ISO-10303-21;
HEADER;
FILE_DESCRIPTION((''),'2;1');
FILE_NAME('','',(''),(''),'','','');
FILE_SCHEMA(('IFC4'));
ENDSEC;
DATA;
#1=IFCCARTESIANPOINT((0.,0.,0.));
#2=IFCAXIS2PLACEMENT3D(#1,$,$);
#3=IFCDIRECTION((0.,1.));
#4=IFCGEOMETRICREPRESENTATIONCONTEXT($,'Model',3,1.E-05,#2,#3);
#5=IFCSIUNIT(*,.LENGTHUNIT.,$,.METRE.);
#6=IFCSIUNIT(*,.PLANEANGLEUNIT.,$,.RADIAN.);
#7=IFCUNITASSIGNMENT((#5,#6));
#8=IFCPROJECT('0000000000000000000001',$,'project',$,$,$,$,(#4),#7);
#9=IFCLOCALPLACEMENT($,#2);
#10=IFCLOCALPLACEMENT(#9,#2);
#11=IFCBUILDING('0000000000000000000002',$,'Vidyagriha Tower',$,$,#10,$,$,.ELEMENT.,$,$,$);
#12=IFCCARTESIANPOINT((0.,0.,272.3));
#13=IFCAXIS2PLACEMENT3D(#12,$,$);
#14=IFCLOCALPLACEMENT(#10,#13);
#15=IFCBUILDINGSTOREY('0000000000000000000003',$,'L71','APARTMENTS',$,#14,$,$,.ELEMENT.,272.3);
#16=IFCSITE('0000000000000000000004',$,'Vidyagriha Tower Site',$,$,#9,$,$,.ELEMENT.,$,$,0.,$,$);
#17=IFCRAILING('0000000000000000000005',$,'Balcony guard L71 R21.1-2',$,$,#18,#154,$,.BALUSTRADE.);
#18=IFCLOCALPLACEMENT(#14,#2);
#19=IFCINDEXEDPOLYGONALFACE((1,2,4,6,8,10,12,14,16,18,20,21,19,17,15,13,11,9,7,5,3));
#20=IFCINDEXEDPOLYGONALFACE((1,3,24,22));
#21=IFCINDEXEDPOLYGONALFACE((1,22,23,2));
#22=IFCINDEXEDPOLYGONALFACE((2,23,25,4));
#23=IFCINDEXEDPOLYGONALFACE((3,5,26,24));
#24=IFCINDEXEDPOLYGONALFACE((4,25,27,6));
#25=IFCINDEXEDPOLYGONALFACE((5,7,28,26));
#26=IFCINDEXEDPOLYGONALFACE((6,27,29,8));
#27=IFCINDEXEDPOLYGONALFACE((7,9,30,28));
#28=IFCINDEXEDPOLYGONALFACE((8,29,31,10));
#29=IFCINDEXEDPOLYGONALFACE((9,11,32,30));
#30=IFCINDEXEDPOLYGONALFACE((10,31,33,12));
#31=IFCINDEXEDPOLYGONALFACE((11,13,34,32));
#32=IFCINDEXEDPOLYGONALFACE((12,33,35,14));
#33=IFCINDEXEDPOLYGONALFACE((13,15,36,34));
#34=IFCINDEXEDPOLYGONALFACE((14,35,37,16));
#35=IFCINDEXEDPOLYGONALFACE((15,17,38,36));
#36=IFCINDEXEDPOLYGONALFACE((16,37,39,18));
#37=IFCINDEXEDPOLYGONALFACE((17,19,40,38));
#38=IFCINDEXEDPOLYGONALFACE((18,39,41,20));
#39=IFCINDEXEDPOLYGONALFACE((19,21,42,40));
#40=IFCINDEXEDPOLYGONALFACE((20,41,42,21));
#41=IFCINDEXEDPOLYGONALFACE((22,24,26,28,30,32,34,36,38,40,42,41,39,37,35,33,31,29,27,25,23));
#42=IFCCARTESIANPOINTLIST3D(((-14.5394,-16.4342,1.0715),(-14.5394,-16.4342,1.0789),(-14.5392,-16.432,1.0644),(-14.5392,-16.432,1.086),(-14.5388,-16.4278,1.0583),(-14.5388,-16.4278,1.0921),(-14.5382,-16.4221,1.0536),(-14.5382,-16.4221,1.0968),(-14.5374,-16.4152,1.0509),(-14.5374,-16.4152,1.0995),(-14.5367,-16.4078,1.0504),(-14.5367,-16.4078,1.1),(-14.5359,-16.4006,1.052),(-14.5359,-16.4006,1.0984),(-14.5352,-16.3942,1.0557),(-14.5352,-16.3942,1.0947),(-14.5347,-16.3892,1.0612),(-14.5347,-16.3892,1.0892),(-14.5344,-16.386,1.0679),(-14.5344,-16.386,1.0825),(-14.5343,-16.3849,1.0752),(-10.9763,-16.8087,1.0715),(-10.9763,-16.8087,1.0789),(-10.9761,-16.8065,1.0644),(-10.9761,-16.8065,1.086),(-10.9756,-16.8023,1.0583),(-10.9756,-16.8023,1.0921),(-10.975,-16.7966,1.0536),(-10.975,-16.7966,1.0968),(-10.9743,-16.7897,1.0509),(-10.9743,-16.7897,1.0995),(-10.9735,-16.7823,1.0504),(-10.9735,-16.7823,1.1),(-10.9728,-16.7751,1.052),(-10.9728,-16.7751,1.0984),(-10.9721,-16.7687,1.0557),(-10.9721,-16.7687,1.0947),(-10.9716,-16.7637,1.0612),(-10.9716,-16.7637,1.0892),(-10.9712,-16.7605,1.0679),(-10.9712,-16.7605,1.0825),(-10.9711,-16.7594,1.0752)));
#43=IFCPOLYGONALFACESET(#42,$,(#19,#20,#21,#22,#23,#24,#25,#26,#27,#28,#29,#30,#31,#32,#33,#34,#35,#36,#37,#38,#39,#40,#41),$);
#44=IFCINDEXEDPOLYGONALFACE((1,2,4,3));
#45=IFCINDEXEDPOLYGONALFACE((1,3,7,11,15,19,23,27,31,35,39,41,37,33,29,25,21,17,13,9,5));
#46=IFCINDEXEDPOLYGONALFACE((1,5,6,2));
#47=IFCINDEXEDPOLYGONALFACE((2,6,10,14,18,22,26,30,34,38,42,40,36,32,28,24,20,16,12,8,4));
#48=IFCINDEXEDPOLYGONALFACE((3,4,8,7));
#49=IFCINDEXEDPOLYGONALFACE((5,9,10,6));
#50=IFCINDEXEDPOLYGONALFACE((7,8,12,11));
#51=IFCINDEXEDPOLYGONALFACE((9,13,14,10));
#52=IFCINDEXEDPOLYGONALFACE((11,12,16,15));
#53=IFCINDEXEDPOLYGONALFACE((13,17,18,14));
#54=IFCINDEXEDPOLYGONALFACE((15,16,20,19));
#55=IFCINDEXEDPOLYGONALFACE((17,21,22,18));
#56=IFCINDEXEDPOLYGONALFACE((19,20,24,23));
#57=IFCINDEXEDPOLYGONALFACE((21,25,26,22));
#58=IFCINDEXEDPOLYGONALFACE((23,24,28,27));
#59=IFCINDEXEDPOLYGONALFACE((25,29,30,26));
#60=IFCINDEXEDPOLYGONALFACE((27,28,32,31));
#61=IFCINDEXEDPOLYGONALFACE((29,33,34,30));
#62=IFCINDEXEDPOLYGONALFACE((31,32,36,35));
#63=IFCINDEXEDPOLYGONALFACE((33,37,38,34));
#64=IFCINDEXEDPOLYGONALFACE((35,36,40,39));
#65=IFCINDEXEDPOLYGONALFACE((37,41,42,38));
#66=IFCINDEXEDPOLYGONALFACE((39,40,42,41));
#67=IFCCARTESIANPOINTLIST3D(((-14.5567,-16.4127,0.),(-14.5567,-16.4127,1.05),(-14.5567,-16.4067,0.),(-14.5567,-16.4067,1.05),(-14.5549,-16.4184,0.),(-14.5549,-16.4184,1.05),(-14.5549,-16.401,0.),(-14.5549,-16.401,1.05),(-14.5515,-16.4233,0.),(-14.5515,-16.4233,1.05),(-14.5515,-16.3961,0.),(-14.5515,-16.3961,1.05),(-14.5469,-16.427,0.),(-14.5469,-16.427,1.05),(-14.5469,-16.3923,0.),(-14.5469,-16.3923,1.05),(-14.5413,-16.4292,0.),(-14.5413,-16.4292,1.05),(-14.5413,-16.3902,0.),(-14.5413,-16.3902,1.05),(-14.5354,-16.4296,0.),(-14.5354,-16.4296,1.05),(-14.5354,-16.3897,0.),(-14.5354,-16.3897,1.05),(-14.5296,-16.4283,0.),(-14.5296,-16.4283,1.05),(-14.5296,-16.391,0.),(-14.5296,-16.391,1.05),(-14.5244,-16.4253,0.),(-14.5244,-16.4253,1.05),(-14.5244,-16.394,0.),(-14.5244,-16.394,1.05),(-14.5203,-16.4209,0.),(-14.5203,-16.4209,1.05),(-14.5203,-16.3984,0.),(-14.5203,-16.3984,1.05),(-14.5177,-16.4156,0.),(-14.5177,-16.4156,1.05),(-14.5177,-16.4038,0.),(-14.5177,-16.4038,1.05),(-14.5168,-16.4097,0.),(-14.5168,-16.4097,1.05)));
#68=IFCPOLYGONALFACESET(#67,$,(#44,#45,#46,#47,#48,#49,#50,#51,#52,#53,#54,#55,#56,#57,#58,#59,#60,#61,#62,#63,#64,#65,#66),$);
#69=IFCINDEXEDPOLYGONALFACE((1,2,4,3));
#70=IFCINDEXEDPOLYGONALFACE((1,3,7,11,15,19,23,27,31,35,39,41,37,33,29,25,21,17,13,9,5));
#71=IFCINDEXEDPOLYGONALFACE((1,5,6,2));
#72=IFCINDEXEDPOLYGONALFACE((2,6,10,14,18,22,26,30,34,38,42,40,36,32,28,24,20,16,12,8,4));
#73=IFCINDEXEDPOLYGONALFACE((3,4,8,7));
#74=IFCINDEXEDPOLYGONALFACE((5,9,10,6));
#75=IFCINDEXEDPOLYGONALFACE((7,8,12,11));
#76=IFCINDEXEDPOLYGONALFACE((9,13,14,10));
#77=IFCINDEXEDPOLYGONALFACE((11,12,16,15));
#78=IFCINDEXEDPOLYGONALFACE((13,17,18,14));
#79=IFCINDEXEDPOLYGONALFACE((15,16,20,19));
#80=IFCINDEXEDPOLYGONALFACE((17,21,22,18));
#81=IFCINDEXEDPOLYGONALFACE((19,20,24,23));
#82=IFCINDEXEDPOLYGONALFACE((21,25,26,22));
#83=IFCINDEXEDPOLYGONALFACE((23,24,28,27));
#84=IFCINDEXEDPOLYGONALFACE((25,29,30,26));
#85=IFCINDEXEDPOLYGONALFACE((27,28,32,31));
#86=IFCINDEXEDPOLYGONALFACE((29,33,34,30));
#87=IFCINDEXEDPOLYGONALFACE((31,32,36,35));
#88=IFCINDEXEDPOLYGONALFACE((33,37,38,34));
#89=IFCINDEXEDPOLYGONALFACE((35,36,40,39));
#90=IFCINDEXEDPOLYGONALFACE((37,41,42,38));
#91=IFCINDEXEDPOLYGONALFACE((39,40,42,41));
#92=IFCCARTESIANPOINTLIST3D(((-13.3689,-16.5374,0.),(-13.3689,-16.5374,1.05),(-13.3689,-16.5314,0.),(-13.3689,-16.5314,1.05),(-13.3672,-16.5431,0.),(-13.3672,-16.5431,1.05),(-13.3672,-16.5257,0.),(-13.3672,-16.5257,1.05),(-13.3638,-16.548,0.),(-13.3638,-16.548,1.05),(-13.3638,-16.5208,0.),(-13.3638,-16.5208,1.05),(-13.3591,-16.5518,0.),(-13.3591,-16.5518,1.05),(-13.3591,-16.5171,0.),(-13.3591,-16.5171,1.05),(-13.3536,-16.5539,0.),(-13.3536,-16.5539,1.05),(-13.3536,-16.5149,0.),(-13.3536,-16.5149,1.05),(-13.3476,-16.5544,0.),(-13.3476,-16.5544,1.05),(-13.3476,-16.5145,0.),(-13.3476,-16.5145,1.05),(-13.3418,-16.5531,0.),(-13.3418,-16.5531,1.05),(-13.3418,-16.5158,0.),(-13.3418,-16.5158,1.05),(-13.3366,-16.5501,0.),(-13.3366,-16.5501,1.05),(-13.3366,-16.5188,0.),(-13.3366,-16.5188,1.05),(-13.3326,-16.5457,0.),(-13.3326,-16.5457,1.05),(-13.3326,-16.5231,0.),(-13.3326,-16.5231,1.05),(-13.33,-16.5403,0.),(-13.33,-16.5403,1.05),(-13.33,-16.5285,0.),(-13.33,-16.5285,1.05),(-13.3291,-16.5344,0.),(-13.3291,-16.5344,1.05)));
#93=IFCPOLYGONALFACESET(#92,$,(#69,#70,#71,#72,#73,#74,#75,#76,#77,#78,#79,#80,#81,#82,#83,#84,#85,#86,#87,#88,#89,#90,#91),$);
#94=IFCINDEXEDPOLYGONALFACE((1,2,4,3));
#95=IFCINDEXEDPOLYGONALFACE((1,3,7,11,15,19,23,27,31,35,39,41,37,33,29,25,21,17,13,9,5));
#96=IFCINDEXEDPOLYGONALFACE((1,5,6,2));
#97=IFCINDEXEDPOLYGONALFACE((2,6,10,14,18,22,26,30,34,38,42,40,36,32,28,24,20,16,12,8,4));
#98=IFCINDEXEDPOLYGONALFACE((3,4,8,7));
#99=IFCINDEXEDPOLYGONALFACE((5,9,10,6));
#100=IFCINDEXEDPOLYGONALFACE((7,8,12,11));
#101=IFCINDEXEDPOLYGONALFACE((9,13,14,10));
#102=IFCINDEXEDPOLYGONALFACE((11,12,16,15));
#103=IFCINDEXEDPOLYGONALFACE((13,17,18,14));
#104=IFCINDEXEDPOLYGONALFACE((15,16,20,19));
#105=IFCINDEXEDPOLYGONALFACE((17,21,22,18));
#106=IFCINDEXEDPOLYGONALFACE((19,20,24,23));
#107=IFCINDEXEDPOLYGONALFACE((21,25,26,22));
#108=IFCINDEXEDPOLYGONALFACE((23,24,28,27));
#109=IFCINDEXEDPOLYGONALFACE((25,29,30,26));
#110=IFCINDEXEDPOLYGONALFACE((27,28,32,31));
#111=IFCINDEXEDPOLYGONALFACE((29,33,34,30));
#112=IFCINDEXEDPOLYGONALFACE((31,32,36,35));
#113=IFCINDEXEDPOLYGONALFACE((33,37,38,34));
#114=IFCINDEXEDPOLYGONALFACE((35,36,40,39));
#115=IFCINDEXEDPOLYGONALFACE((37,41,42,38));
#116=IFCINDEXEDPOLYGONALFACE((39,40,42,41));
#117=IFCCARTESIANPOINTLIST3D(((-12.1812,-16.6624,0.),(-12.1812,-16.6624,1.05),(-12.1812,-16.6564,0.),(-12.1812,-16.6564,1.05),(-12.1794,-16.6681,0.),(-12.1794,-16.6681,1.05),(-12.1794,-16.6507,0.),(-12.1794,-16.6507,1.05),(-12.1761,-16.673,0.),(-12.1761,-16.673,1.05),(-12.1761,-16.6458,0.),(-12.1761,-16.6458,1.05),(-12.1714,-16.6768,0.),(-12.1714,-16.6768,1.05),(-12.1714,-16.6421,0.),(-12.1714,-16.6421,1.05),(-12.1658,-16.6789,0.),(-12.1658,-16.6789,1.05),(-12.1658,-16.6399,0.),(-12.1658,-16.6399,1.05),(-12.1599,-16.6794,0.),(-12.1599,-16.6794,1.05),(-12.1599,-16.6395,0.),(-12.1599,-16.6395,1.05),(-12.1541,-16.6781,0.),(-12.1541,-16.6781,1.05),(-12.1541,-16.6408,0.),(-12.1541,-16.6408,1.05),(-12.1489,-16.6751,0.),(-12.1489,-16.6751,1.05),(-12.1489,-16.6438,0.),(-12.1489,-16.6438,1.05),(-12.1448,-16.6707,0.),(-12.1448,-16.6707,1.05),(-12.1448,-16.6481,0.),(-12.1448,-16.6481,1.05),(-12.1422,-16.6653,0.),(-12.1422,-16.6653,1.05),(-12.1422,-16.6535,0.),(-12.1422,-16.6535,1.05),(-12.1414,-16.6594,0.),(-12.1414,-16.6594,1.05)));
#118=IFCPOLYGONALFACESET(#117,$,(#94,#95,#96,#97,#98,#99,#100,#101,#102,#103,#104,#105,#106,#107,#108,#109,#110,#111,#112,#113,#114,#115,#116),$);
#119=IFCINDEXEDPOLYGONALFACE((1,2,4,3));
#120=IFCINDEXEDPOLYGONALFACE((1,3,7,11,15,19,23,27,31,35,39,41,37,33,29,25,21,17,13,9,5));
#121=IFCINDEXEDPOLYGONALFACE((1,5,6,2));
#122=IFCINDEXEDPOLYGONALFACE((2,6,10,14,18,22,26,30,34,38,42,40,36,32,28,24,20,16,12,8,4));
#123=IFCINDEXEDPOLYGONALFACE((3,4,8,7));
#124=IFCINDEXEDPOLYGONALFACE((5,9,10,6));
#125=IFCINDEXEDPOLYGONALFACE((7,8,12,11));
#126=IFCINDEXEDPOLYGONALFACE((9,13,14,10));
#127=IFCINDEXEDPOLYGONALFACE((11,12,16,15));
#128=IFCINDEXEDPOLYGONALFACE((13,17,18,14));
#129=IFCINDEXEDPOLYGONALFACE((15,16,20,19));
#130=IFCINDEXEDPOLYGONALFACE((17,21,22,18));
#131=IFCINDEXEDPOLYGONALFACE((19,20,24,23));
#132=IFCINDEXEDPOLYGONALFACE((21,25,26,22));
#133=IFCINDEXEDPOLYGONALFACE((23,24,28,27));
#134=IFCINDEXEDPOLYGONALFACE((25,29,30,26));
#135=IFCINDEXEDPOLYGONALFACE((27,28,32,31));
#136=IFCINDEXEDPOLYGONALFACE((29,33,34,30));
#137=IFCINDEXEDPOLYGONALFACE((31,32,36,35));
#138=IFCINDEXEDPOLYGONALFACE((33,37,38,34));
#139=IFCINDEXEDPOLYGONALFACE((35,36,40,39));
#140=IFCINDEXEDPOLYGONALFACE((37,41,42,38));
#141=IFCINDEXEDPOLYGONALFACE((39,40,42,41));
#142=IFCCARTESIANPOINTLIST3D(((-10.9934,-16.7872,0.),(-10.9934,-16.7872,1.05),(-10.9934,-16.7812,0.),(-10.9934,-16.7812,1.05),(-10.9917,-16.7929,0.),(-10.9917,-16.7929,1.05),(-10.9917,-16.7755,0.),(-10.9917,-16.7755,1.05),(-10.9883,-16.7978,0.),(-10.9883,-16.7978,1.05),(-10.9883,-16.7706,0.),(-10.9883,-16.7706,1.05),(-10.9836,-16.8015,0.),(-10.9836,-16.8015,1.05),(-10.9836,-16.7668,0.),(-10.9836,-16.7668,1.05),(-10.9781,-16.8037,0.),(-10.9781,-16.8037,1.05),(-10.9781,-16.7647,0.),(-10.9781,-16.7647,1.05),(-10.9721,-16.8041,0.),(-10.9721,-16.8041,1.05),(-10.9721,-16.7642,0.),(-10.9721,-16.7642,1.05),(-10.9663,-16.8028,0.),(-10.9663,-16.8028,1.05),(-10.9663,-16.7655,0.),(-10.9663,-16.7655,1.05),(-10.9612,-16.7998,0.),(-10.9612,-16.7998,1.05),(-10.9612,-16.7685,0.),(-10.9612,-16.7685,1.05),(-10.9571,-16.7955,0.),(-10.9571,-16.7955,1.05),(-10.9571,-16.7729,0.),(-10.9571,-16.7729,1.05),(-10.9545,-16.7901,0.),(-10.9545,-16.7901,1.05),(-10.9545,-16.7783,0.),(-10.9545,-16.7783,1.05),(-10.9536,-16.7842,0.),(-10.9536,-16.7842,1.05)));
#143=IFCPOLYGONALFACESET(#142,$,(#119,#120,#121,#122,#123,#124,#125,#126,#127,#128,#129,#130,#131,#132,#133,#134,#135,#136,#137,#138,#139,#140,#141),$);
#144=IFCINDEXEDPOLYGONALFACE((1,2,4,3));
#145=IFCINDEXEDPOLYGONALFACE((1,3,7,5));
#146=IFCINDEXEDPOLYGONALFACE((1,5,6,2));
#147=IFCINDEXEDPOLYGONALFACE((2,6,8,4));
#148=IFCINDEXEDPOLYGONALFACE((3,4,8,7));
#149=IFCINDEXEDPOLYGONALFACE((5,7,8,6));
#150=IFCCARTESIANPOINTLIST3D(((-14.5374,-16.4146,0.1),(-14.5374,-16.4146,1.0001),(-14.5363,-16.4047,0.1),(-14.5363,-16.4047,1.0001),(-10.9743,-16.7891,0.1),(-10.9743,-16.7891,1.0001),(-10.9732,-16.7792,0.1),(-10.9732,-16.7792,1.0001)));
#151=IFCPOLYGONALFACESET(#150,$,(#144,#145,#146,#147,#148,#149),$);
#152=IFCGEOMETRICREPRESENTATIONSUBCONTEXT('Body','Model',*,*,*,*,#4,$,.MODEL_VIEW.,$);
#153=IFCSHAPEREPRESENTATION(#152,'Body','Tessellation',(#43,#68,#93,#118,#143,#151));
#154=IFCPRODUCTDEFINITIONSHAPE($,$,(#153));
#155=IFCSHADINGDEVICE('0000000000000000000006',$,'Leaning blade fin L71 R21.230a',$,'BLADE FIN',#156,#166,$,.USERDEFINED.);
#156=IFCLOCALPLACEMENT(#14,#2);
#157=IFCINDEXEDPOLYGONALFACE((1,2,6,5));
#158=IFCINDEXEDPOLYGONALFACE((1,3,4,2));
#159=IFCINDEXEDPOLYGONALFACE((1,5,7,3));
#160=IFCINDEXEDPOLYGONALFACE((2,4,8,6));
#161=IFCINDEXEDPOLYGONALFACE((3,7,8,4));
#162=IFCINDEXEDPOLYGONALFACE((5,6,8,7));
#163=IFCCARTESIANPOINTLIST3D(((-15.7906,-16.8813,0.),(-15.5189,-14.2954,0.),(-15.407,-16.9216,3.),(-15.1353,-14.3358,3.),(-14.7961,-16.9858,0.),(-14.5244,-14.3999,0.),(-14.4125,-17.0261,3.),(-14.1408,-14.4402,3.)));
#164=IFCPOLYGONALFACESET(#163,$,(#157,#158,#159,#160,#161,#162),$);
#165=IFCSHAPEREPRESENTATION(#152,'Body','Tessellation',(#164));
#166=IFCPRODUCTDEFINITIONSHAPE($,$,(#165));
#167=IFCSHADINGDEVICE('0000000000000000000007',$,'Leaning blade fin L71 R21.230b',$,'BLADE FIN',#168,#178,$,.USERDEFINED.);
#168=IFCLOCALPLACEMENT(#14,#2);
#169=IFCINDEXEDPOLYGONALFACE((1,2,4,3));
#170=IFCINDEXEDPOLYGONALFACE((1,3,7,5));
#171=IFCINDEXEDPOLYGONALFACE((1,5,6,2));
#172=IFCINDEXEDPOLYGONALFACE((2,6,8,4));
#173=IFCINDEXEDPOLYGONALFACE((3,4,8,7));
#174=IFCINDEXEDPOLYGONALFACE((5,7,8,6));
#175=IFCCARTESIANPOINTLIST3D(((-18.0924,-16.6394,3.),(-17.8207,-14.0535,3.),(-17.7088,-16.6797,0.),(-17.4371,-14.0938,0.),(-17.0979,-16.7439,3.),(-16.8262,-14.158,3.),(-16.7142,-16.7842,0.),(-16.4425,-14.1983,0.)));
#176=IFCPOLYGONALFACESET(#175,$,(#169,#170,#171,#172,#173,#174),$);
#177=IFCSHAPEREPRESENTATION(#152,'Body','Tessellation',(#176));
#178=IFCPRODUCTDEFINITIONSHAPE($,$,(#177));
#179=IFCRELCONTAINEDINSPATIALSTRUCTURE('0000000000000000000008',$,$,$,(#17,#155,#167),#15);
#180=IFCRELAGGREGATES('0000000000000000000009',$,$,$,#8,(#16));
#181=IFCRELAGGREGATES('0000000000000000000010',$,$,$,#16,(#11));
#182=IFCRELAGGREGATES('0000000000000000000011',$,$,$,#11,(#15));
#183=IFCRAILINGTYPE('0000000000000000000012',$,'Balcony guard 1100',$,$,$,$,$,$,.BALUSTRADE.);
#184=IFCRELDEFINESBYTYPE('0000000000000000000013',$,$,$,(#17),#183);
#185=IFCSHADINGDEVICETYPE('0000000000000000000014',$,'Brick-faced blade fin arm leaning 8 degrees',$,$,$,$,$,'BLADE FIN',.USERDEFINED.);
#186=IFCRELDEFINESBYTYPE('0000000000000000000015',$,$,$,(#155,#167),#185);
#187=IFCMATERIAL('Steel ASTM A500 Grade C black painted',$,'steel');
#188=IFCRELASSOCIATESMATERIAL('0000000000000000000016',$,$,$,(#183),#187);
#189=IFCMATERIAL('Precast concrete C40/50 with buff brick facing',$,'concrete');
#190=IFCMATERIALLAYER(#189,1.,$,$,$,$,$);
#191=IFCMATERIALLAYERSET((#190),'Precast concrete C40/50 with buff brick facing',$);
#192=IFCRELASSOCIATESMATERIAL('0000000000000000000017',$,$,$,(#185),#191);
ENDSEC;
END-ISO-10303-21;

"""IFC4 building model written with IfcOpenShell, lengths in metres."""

from ifc_helpers import new_model, si_unit, direction, frame, origin, origin_2d, place, context, subcontext, project, spatial, polyline, rectangle, circle, outline, extrude, material, layer, layer_set, type_object, element, save


model = new_model("IFC4")

# Units and contexts
model_context = context("Model", 3, precision=1e-05, world=origin(), true_north=direction((0.0, 1.0)))
body_context = subcontext(model_context, "Body", "Model", "MODEL_VIEW")
ifc_project = project(units=[si_unit("LENGTHUNIT", "METRE"), si_unit("PLANEANGLEUNIT", "RADIAN")], contexts=[model_context])

# Site, building, storey
site_placement = place(None, origin())
site = spatial("IfcSite", under=ifc_project, at=site_placement, Name="Vidyagriha Tower Site", CompositionType="ELEMENT", RefElevation=0.0)
building_placement = place(site_placement, origin())
building = spatial("IfcBuilding", under=site, at=building_placement, Name="Vidyagriha Tower", CompositionType="ELEMENT")
storey_placement = place(building_placement, frame((0.0, 0.0, 272.3)))
storey = spatial("IfcBuildingStorey", under=building, at=storey_placement, Name="L71", Description="APARTMENTS", CompositionType="ELEMENT", Elevation=272.3)

# Railing
ifc_material_1 = material(Name="Steel ASTM A500 Grade C black painted", Category="steel")
railing_type_1 = type_object("IfcRailingType", Name="Balcony guard 1100", PredefinedType="BALUSTRADE", material=ifc_material_1)
railing_1_placement = place(storey_placement, frame((-14.5369, -16.4097, 0.0)))
element("IfcRailing", 1, at=railing_1_placement, inside=storey, type_object=railing_type_1, Name="Balcony guard L71 R21.1-2", PredefinedType="BALUSTRADE", context=body_context, shape_type="SweptSolid", body=[
    extrude(circle(Radius=0.0249, at=origin_2d()), frame((0.0, 0.0, 1.0752), z_axis=(0.994522, -0.104529, 0.0), x_axis=(0.104529, 0.994522, 0.0)), (0.0, 0.0, 1.0), 3.5828),
    extrude(circle(Radius=0.02, at=origin_2d()), origin(), (0.0, 0.0, 1.0), 1.05),
    extrude(circle(Radius=0.02, at=origin_2d()), frame((1.1877, -0.1248, 0.0)), (0.0, 0.0, 1.0), 1.05),
    extrude(circle(Radius=0.02, at=origin_2d()), frame((2.3755, -0.2498, 0.0)), (0.0, 0.0, 1.0), 1.05),
    extrude(circle(Radius=0.02, at=origin_2d()), frame((3.5632, -0.3745, 0.0)), (0.0, 0.0, 1.0), 1.05),
    extrude(rectangle(XDim=0.01, YDim=0.9001, at=origin_2d()), frame((0.0, 0.0, 0.55), z_axis=(0.994522, -0.104529, 0.0), x_axis=(0.104529, 0.994522, 0.0)), (0.0, 0.0, 1.0), 3.5828),
])

# Shading devices
ifc_material_2 = material(Name="Precast concrete C40/50 with buff brick facing", Category="concrete")
ifc_layer_1 = layer(ifc_material_2, 1.0)
ifc_layer_set_1 = layer_set([ifc_layer_1], Name="Precast concrete C40/50 with buff brick facing")
shading_device_type = type_object("IfcShadingDeviceType", Name="Brick-faced blade fin arm leaning 8 degrees", ElementType="BLADE FIN", PredefinedType="USERDEFINED", material=ifc_layer_set_1)
shading_device_1_placement = place(storey_placement, frame((-15.6548, -15.5884, 0.0), z_axis=(0.0, 0.0, 1.0), x_axis=(0.994526, -0.104492, 0.0)))
element("IfcShadingDevice", 2, at=shading_device_1_placement, inside=storey, type_object=shading_device_type, Name="Leaning blade fin L71 R21.230a", ObjectType="BLADE FIN", PredefinedType="USERDEFINED", context=body_context, shape_type="SweptSolid", body=[
    extrude(outline(polyline([(0.0, 0.0), (1.0, 0.0), (1.3857, 3.0), (0.3857, 3.0), (0.0, 0.0)])), frame((0.0, 1.3, 0.0), z_axis=(0.0, -1.0, 0.0), x_axis=(1.0, 0.0, 0.0)), (0.0, 0.0, 1.0), 2.6001),
])
shading_device_2_placement = place(storey_placement, frame((-17.9565, -15.3464, 0.0), z_axis=(0.0, 0.0, 1.0), x_axis=(0.994526, -0.104492, 0.0)))
element("IfcShadingDevice", 3, at=shading_device_2_placement, inside=storey, type_object=shading_device_type, Name="Leaning blade fin L71 R21.230b", ObjectType="BLADE FIN", PredefinedType="USERDEFINED", context=body_context, shape_type="SweptSolid", body=[
    extrude(outline(polyline([(0.3857, 0.0), (1.3857, 0.0), (1.0, 3.0), (0.0, 3.0), (0.3857, 0.0)])), frame((0.0, 1.3, 0.0), z_axis=(0.0, -1.0, 0.0), x_axis=(1.0, 0.0, 0.0)), (0.0, 0.0, 1.0), 2.6001),
])

save(model, "model.ifc")
